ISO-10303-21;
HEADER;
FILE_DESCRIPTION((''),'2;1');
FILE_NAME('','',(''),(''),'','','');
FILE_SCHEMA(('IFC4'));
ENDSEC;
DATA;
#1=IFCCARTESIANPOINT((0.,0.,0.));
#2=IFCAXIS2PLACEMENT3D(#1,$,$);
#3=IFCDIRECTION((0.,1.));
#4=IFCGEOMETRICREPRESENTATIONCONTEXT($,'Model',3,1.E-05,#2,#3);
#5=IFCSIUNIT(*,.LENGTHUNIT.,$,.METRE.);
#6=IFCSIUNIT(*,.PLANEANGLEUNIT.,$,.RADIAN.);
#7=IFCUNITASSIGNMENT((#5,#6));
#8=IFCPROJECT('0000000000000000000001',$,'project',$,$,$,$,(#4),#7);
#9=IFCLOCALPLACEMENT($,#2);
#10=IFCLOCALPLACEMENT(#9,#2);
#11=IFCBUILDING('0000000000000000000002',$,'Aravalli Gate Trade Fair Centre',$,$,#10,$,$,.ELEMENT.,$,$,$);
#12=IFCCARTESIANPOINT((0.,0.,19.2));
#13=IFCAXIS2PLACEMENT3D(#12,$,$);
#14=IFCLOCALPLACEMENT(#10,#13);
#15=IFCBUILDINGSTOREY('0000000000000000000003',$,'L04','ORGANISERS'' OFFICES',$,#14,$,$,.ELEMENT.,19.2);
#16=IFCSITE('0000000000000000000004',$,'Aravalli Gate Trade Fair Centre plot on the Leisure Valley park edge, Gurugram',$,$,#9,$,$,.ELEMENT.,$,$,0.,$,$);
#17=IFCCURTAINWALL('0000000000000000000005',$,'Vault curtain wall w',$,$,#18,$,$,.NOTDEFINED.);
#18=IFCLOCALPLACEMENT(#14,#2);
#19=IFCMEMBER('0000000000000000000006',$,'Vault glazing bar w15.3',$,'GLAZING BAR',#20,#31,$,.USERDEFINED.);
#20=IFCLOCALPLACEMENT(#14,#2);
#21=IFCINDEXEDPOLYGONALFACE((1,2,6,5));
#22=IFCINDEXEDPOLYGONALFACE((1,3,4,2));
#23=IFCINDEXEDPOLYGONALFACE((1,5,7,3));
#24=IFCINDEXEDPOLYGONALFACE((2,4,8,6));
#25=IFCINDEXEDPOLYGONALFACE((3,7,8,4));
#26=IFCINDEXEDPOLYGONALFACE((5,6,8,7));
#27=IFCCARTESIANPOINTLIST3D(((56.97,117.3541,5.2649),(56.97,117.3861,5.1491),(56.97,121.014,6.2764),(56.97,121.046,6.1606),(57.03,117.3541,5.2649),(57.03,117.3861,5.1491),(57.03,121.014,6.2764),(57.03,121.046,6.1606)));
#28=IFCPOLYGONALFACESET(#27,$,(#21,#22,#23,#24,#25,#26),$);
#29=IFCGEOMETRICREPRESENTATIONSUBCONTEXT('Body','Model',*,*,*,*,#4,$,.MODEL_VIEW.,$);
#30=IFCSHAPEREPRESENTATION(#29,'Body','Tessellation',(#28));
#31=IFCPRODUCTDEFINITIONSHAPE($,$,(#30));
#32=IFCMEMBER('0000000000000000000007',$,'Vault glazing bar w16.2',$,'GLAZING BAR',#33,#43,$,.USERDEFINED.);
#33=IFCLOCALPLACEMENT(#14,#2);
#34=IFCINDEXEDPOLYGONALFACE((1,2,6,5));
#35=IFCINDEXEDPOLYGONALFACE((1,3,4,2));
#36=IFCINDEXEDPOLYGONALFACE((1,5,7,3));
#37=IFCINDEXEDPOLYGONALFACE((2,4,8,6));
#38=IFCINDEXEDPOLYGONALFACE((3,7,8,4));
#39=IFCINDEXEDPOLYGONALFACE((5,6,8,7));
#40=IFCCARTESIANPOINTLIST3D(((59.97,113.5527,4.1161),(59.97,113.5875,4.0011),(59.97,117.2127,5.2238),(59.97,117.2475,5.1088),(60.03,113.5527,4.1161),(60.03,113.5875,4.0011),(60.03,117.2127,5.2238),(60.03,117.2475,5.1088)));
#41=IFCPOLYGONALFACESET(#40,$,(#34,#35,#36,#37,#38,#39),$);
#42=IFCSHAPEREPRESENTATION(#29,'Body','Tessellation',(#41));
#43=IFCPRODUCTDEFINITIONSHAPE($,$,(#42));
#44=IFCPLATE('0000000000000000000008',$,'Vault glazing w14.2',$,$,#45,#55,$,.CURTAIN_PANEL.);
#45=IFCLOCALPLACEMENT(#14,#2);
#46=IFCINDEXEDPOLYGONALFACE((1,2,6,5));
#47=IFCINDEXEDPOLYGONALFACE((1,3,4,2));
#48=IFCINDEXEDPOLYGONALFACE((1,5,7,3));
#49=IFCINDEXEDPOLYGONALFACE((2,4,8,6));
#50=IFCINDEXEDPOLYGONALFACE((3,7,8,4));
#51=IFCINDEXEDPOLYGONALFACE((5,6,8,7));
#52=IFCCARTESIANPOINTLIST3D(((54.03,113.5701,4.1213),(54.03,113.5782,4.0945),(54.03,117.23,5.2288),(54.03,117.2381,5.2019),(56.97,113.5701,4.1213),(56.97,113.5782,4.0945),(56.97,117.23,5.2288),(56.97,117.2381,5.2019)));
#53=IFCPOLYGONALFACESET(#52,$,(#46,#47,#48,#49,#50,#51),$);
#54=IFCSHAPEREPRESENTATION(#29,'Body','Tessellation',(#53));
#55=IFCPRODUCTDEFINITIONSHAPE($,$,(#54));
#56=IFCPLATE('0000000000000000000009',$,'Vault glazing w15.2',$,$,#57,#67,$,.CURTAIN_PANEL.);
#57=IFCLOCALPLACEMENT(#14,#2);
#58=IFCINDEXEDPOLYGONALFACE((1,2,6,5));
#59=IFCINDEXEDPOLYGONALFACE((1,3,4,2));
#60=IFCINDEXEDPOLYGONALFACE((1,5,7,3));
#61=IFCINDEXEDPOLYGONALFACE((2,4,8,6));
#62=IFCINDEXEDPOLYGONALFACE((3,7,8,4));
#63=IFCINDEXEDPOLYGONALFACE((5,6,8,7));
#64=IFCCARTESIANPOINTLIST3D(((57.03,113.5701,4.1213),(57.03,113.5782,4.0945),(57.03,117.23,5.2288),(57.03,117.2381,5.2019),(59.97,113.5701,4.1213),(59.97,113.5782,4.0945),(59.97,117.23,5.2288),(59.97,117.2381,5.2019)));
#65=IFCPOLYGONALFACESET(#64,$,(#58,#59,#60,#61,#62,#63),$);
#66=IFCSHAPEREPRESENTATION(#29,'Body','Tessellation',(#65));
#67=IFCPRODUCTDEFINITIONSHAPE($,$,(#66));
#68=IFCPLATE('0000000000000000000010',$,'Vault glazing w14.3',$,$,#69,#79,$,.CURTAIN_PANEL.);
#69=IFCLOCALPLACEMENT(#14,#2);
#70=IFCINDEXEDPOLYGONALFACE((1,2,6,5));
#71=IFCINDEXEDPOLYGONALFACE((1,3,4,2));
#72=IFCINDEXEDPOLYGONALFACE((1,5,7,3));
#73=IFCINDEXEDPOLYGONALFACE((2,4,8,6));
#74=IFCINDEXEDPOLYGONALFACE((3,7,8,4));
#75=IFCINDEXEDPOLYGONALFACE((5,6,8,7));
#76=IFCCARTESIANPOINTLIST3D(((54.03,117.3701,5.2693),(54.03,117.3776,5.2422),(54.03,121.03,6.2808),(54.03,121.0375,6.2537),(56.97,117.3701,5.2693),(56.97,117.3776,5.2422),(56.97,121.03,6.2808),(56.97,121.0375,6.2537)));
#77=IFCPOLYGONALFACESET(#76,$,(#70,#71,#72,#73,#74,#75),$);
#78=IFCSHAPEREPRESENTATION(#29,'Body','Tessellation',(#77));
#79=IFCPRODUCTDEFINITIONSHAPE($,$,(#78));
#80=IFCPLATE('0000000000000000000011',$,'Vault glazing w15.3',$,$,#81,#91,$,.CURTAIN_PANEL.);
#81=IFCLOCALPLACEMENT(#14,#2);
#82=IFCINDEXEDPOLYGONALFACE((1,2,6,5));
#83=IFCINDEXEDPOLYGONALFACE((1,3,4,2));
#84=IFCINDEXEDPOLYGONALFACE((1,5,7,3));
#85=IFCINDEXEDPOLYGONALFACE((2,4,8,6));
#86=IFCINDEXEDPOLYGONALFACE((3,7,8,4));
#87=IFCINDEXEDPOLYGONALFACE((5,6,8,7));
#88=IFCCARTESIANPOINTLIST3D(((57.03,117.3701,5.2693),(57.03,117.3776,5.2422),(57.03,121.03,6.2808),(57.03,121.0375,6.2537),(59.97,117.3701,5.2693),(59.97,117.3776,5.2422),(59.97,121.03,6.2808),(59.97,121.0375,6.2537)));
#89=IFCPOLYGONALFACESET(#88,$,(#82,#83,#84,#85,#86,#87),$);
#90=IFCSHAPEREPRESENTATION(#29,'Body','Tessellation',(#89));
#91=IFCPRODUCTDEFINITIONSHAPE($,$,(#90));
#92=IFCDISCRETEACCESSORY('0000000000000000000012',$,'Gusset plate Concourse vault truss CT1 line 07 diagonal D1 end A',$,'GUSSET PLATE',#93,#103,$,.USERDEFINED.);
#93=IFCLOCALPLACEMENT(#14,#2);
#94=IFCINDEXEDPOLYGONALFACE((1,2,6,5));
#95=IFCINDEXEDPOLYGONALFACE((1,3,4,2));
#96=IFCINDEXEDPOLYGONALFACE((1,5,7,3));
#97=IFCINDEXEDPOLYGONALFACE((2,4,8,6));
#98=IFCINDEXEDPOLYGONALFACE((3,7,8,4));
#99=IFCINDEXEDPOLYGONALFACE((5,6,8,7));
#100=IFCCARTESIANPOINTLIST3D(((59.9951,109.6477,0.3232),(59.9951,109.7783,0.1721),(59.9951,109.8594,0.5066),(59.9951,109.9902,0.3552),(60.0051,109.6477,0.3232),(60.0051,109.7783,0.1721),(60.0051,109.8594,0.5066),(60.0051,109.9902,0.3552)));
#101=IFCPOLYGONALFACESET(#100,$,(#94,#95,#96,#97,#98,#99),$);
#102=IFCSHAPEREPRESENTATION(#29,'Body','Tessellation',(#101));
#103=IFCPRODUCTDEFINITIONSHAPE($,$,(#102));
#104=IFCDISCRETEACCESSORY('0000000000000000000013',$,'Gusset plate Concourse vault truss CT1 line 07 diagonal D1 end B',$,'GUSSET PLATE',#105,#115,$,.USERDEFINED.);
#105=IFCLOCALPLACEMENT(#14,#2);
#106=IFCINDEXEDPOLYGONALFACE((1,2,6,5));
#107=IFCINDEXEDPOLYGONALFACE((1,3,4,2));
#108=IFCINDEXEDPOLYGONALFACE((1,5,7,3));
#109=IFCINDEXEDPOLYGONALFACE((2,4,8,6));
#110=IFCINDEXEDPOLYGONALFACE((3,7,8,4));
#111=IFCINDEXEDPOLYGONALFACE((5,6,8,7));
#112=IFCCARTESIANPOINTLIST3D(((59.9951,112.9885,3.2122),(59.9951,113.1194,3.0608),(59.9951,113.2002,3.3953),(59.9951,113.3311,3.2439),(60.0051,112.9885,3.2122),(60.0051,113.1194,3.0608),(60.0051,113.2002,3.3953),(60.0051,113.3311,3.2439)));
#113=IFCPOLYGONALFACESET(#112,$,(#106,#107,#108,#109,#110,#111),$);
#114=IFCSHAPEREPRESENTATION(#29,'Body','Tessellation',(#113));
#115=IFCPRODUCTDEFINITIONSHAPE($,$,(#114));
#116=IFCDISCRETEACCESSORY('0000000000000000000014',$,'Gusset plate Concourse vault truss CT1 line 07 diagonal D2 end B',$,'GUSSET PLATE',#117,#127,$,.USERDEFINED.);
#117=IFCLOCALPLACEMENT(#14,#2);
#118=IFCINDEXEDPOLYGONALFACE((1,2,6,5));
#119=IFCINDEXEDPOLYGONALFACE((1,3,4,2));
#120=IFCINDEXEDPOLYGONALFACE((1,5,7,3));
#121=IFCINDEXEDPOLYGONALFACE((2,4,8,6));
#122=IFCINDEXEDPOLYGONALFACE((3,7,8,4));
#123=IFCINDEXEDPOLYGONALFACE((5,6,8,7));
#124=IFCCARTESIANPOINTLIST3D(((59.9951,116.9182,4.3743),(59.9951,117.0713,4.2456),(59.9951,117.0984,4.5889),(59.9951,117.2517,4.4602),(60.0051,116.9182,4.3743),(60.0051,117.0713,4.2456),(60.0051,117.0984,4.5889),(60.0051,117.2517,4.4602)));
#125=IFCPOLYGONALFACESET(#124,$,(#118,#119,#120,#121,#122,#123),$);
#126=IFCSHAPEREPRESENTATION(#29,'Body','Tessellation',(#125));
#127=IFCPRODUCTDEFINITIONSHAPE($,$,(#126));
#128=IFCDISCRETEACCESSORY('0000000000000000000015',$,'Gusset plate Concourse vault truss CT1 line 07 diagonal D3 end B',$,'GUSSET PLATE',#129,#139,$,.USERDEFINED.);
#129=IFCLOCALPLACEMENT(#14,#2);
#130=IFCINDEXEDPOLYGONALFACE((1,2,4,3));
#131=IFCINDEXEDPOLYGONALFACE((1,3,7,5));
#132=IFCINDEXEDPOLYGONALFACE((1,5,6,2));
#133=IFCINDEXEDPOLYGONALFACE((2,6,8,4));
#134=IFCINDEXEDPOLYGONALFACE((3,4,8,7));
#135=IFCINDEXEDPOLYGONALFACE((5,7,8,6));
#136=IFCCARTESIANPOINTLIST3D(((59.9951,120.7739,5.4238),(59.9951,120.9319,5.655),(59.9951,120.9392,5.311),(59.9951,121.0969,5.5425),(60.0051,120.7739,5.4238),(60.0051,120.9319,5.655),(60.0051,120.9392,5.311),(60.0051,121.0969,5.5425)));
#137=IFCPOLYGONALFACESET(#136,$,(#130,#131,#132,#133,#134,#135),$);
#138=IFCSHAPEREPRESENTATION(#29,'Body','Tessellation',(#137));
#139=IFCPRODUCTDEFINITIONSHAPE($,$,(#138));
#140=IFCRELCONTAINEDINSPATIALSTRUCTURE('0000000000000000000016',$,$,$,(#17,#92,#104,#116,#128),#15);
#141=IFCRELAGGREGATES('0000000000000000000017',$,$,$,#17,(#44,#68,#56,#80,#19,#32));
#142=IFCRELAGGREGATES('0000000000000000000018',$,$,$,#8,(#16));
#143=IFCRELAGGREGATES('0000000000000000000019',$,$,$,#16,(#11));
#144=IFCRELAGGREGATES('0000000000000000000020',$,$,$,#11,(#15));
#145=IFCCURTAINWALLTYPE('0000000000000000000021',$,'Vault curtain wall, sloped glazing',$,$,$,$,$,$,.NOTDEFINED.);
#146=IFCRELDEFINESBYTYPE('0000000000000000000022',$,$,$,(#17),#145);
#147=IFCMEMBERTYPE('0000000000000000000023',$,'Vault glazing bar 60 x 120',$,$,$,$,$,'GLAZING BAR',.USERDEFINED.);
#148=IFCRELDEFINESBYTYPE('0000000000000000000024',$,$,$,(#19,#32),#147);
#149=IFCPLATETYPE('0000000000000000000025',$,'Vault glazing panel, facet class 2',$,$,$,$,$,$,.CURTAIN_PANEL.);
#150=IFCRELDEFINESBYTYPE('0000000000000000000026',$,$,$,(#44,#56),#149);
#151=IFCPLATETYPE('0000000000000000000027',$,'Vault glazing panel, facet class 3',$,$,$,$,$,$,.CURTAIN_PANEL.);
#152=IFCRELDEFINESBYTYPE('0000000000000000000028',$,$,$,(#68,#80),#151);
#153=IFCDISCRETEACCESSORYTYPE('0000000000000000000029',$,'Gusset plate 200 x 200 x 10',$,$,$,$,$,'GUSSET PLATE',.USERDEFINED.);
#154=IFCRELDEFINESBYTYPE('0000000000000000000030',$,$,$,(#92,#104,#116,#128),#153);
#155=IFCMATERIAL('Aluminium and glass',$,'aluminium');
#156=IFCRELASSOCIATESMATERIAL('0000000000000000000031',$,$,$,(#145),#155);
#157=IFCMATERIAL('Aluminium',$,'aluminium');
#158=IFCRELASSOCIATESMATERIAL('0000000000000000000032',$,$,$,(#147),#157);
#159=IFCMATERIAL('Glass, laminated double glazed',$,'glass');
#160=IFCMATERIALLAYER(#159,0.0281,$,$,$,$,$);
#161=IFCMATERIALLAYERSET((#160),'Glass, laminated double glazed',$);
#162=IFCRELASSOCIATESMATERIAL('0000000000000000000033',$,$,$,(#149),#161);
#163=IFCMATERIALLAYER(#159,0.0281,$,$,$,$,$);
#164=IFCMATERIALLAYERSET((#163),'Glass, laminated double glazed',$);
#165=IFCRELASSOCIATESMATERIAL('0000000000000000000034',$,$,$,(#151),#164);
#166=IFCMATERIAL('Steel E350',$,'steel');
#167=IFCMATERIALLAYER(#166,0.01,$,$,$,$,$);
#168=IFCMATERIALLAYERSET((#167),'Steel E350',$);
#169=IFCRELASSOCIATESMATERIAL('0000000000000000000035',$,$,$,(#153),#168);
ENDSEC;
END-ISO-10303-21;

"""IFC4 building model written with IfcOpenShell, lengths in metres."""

from ifc_helpers import new_model, si_unit, direction, frame, origin, origin_2d, place, context, subcontext, project, spatial, polyline, rectangle, outline, extrude, material, layer, layer_set, material_profile, profile_set, type_object, element, aggregate, save


model = new_model("IFC4")

# Units and contexts
model_context = context("Model", 3, precision=1e-05, world=origin(), true_north=direction((0.0, 1.0)))
body_context = subcontext(model_context, "Body", "Model", "MODEL_VIEW")
ifc_project = project(units=[si_unit("LENGTHUNIT", "METRE"), si_unit("PLANEANGLEUNIT", "RADIAN")], contexts=[model_context])

# Site, building, storey
site_placement = place(None, origin())
site = spatial("IfcSite", under=ifc_project, at=site_placement, Name="Aravalli Gate Trade Fair Centre plot on the Leisure Valley park edge, Gurugram", CompositionType="ELEMENT", RefElevation=0.0)
building_placement = place(site_placement, origin())
building = spatial("IfcBuilding", under=site, at=building_placement, Name="Aravalli Gate Trade Fair Centre", CompositionType="ELEMENT")
storey_placement = place(building_placement, frame((0.0, 0.0, 19.2)))
storey = spatial("IfcBuildingStorey", under=building, at=storey_placement, Name="L04", Description="ORGANISERS' OFFICES", CompositionType="ELEMENT", Elevation=19.2)

# Shared definitions
ifc_material_1 = material(Name="Steel E350", Category="steel")
ifc_material_2 = material(Name="Aluminium", Category="aluminium")

# Curtain wall, members, plates
ifc_material_3 = material(Name="Aluminium and glass", Category="aluminium")
curtain_wall_type = type_object("IfcCurtainWallType", Name="Vault curtain wall, sloped glazing", PredefinedType="NOTDEFINED", material=ifc_material_3)
curtain_wall_placement = place(storey_placement, origin())
curtain_wall = element("IfcCurtainWall", 1, at=curtain_wall_placement, inside=storey, type_object=curtain_wall_type, Name="Vault curtain wall w", PredefinedType="NOTDEFINED")
ifc_material_profile_1 = material_profile(ifc_material_2, rectangle(XDim=0.0601, YDim=0.1201, at=origin_2d()), Name="Vault glazing bar 60 x 120")
ifc_profile_set_1 = profile_set([ifc_material_profile_1], Name="Aluminium")
member_type_1 = type_object("IfcMemberType", Name="Vault glazing bar 60 x 120", ElementType="GLAZING BAR", PredefinedType="USERDEFINED", material=ifc_profile_set_1)
member_1_placement = place(storey_placement, frame((57.0, 117.3701, 5.207), z_axis=(0.0, 0.963868, 0.26638), x_axis=(-1.0, 0.0, 0.0)))
member_1 = element("IfcMember", 2, at=member_1_placement, type_object=member_type_1, Name="Vault glazing bar w15.3", ObjectType="GLAZING BAR", PredefinedType="USERDEFINED", context=body_context, shape_type="SweptSolid", body=[
    extrude(rectangle(XDim=0.0601, YDim=0.1201, at=origin_2d()), origin(), (0.0, 0.0, 1.0), 3.7971),
])
member_2_placement = place(storey_placement, frame((60.0, 113.5701, 4.0586), z_axis=(0.0, 0.957126, 0.289672), x_axis=(-1.0, 0.0, 0.0)))
member_2 = element("IfcMember", 3, at=member_2_placement, type_object=member_type_1, Name="Vault glazing bar w16.2", ObjectType="GLAZING BAR", PredefinedType="USERDEFINED", context=body_context, shape_type="SweptSolid", body=[
    extrude(rectangle(XDim=0.0601, YDim=0.1201, at=origin_2d()), origin(), (0.0, 0.0, 1.0), 3.824),
])
ifc_material_4 = material(Name="Glass, laminated double glazed", Category="glass")
ifc_layer_1 = layer(ifc_material_4, 0.0281)
ifc_layer_set_1 = layer_set([ifc_layer_1], Name="Glass, laminated double glazed")
plate_type_1 = type_object("IfcPlateType", Name="Vault glazing panel, facet class 2", PredefinedType="CURTAIN_PANEL", material=ifc_layer_set_1)
plate_1_placement = place(storey_placement, frame((54.03, 113.5701, 4.1213), z_axis=(0.0, -0.289614, 0.957144), x_axis=(1.0, 0.0, 0.0)))
plate_1 = element("IfcPlate", 4, at=plate_1_placement, type_object=plate_type_1, Name="Vault glazing w14.2", PredefinedType="CURTAIN_PANEL", context=body_context, shape_type="SweptSolid", body=[
    extrude(outline(polyline([(0.0, 0.0), (2.9399, 0.0), (2.9399, 3.8238), (0.0, 3.8238), (0.0, 0.0)])), origin(), (0.0, 0.0, -1.0), 0.0281),
])
plate_2_placement = place(storey_placement, frame((57.03, 113.5701, 4.1213), z_axis=(0.0, -0.289614, 0.957144), x_axis=(1.0, 0.0, 0.0)))
plate_2 = element("IfcPlate", 5, at=plate_2_placement, type_object=plate_type_1, Name="Vault glazing w15.2", PredefinedType="CURTAIN_PANEL", context=body_context, shape_type="SweptSolid", body=[
    extrude(outline(polyline([(0.0, 0.0), (2.9399, 0.0), (2.9399, 3.8238), (0.0, 3.8238), (0.0, 0.0)])), origin(), (0.0, 0.0, -1.0), 0.0281),
])
ifc_layer_2 = layer(ifc_material_4, 0.0281)
ifc_layer_set_2 = layer_set([ifc_layer_2], Name="Glass, laminated double glazed")
plate_type_2 = type_object("IfcPlateType", Name="Vault glazing panel, facet class 3", PredefinedType="CURTAIN_PANEL", material=ifc_layer_set_2)
plate_3_placement = place(storey_placement, frame((54.03, 117.3701, 5.2693), z_axis=(0.0, -0.26638, 0.963868), x_axis=(1.0, 0.0, 0.0)))
plate_3 = element("IfcPlate", 6, at=plate_3_placement, type_object=plate_type_2, Name="Vault glazing w14.3", PredefinedType="CURTAIN_PANEL", context=body_context, shape_type="SweptSolid", body=[
    extrude(outline(polyline([(0.0, 0.0), (2.9399, 0.0), (2.9399, 3.7971), (0.0, 3.7971), (0.0, 0.0)])), origin(), (0.0, 0.0, -1.0), 0.0281),
])
plate_4_placement = place(storey_placement, frame((57.03, 117.3701, 5.2693), z_axis=(0.0, -0.26638, 0.963868), x_axis=(1.0, 0.0, 0.0)))
plate_4 = element("IfcPlate", 7, at=plate_4_placement, type_object=plate_type_2, Name="Vault glazing w15.3", PredefinedType="CURTAIN_PANEL", context=body_context, shape_type="SweptSolid", body=[
    extrude(outline(polyline([(0.0, 0.0), (2.9399, 0.0), (2.9399, 3.7971), (0.0, 3.7971), (0.0, 0.0)])), origin(), (0.0, 0.0, -1.0), 0.0281),
])
aggregate(curtain_wall, [plate_1, plate_3, plate_2, plate_4, member_1, member_2])

# Discrete accessories
ifc_layer_3 = layer(ifc_material_1, 0.01)
ifc_layer_set_3 = layer_set([ifc_layer_3], Name="Steel E350")
discrete_accessory_type = type_object("IfcDiscreteAccessoryType", Name="Gusset plate 200 x 200 x 10", ElementType="GUSSET PLATE", PredefinedType="USERDEFINED", material=ifc_layer_set_3)
discrete_accessory_1_placement = place(storey_placement, frame((59.9951, 109.9902, 0.3552), z_axis=(-1.0, 0.0, 0.0), x_axis=(0.0, -0.756666, -0.653801)))
element("IfcDiscreteAccessory", 8, at=discrete_accessory_1_placement, inside=storey, type_object=discrete_accessory_type, Name="Gusset plate Concourse vault truss CT1 line 07 diagonal D1 end A", ObjectType="GUSSET PLATE", PredefinedType="USERDEFINED", context=body_context, shape_type="SweptSolid", body=[
    extrude(outline(polyline([(0.0, 0.0), (0.2801, 0.0), (0.2801, 0.1997), (0.0001, 0.2001), (0.0, 0.0)])), origin(), (0.0, 0.0, -1.0), 0.01),
])
discrete_accessory_2_placement = place(storey_placement, frame((59.9951, 112.9885, 3.2122), z_axis=(-1.0, 0.0, 0.0), x_axis=(0.0, 0.756293, 0.654233)))
element("IfcDiscreteAccessory", 9, at=discrete_accessory_2_placement, inside=storey, type_object=discrete_accessory_type, Name="Gusset plate Concourse vault truss CT1 line 07 diagonal D1 end B", ObjectType="GUSSET PLATE", PredefinedType="USERDEFINED", context=body_context, shape_type="SweptSolid", body=[
    extrude(outline(polyline([(0.0, 0.0), (0.2799, 0.0), (0.2798, 0.2001), (-0.0001, 0.2001), (0.0, 0.0)])), origin(), (0.0, 0.0, -1.0), 0.01),
])
discrete_accessory_3_placement = place(storey_placement, frame((59.9951, 116.9182, 4.3743), z_axis=(-1.0, 0.0, 0.0), x_axis=(0.0, 0.643008, 0.765859)))
element("IfcDiscreteAccessory", 10, at=discrete_accessory_3_placement, inside=storey, type_object=discrete_accessory_type, Name="Gusset plate Concourse vault truss CT1 line 07 diagonal D2 end B", ObjectType="GUSSET PLATE", PredefinedType="USERDEFINED", context=body_context, shape_type="SweptSolid", body=[
    extrude(outline(polyline([(0.0, 0.0), (0.2802, 0.0), (0.2803, 0.2002), (-0.0001, 0.2), (0.0, 0.0)])), origin(), (0.0, 0.0, -1.0), 0.01),
])
discrete_accessory_4_placement = place(storey_placement, frame((59.9951, 120.7739, 5.4238), z_axis=(-1.0, 0.0, 0.0), x_axis=(0.0, 0.564121, 0.825692)))
element("IfcDiscreteAccessory", 11, at=discrete_accessory_4_placement, inside=storey, type_object=discrete_accessory_type, Name="Gusset plate Concourse vault truss CT1 line 07 diagonal D3 end B", ObjectType="GUSSET PLATE", PredefinedType="USERDEFINED", context=body_context, shape_type="SweptSolid", body=[
    extrude(outline(polyline([(0.0, 0.0), (0.28, 0.0), (0.2802, 0.1998), (0.0001, 0.2001), (0.0, 0.0)])), origin(), (0.0, 0.0, -1.0), 0.01),
])

save(model, "model.ifc")
